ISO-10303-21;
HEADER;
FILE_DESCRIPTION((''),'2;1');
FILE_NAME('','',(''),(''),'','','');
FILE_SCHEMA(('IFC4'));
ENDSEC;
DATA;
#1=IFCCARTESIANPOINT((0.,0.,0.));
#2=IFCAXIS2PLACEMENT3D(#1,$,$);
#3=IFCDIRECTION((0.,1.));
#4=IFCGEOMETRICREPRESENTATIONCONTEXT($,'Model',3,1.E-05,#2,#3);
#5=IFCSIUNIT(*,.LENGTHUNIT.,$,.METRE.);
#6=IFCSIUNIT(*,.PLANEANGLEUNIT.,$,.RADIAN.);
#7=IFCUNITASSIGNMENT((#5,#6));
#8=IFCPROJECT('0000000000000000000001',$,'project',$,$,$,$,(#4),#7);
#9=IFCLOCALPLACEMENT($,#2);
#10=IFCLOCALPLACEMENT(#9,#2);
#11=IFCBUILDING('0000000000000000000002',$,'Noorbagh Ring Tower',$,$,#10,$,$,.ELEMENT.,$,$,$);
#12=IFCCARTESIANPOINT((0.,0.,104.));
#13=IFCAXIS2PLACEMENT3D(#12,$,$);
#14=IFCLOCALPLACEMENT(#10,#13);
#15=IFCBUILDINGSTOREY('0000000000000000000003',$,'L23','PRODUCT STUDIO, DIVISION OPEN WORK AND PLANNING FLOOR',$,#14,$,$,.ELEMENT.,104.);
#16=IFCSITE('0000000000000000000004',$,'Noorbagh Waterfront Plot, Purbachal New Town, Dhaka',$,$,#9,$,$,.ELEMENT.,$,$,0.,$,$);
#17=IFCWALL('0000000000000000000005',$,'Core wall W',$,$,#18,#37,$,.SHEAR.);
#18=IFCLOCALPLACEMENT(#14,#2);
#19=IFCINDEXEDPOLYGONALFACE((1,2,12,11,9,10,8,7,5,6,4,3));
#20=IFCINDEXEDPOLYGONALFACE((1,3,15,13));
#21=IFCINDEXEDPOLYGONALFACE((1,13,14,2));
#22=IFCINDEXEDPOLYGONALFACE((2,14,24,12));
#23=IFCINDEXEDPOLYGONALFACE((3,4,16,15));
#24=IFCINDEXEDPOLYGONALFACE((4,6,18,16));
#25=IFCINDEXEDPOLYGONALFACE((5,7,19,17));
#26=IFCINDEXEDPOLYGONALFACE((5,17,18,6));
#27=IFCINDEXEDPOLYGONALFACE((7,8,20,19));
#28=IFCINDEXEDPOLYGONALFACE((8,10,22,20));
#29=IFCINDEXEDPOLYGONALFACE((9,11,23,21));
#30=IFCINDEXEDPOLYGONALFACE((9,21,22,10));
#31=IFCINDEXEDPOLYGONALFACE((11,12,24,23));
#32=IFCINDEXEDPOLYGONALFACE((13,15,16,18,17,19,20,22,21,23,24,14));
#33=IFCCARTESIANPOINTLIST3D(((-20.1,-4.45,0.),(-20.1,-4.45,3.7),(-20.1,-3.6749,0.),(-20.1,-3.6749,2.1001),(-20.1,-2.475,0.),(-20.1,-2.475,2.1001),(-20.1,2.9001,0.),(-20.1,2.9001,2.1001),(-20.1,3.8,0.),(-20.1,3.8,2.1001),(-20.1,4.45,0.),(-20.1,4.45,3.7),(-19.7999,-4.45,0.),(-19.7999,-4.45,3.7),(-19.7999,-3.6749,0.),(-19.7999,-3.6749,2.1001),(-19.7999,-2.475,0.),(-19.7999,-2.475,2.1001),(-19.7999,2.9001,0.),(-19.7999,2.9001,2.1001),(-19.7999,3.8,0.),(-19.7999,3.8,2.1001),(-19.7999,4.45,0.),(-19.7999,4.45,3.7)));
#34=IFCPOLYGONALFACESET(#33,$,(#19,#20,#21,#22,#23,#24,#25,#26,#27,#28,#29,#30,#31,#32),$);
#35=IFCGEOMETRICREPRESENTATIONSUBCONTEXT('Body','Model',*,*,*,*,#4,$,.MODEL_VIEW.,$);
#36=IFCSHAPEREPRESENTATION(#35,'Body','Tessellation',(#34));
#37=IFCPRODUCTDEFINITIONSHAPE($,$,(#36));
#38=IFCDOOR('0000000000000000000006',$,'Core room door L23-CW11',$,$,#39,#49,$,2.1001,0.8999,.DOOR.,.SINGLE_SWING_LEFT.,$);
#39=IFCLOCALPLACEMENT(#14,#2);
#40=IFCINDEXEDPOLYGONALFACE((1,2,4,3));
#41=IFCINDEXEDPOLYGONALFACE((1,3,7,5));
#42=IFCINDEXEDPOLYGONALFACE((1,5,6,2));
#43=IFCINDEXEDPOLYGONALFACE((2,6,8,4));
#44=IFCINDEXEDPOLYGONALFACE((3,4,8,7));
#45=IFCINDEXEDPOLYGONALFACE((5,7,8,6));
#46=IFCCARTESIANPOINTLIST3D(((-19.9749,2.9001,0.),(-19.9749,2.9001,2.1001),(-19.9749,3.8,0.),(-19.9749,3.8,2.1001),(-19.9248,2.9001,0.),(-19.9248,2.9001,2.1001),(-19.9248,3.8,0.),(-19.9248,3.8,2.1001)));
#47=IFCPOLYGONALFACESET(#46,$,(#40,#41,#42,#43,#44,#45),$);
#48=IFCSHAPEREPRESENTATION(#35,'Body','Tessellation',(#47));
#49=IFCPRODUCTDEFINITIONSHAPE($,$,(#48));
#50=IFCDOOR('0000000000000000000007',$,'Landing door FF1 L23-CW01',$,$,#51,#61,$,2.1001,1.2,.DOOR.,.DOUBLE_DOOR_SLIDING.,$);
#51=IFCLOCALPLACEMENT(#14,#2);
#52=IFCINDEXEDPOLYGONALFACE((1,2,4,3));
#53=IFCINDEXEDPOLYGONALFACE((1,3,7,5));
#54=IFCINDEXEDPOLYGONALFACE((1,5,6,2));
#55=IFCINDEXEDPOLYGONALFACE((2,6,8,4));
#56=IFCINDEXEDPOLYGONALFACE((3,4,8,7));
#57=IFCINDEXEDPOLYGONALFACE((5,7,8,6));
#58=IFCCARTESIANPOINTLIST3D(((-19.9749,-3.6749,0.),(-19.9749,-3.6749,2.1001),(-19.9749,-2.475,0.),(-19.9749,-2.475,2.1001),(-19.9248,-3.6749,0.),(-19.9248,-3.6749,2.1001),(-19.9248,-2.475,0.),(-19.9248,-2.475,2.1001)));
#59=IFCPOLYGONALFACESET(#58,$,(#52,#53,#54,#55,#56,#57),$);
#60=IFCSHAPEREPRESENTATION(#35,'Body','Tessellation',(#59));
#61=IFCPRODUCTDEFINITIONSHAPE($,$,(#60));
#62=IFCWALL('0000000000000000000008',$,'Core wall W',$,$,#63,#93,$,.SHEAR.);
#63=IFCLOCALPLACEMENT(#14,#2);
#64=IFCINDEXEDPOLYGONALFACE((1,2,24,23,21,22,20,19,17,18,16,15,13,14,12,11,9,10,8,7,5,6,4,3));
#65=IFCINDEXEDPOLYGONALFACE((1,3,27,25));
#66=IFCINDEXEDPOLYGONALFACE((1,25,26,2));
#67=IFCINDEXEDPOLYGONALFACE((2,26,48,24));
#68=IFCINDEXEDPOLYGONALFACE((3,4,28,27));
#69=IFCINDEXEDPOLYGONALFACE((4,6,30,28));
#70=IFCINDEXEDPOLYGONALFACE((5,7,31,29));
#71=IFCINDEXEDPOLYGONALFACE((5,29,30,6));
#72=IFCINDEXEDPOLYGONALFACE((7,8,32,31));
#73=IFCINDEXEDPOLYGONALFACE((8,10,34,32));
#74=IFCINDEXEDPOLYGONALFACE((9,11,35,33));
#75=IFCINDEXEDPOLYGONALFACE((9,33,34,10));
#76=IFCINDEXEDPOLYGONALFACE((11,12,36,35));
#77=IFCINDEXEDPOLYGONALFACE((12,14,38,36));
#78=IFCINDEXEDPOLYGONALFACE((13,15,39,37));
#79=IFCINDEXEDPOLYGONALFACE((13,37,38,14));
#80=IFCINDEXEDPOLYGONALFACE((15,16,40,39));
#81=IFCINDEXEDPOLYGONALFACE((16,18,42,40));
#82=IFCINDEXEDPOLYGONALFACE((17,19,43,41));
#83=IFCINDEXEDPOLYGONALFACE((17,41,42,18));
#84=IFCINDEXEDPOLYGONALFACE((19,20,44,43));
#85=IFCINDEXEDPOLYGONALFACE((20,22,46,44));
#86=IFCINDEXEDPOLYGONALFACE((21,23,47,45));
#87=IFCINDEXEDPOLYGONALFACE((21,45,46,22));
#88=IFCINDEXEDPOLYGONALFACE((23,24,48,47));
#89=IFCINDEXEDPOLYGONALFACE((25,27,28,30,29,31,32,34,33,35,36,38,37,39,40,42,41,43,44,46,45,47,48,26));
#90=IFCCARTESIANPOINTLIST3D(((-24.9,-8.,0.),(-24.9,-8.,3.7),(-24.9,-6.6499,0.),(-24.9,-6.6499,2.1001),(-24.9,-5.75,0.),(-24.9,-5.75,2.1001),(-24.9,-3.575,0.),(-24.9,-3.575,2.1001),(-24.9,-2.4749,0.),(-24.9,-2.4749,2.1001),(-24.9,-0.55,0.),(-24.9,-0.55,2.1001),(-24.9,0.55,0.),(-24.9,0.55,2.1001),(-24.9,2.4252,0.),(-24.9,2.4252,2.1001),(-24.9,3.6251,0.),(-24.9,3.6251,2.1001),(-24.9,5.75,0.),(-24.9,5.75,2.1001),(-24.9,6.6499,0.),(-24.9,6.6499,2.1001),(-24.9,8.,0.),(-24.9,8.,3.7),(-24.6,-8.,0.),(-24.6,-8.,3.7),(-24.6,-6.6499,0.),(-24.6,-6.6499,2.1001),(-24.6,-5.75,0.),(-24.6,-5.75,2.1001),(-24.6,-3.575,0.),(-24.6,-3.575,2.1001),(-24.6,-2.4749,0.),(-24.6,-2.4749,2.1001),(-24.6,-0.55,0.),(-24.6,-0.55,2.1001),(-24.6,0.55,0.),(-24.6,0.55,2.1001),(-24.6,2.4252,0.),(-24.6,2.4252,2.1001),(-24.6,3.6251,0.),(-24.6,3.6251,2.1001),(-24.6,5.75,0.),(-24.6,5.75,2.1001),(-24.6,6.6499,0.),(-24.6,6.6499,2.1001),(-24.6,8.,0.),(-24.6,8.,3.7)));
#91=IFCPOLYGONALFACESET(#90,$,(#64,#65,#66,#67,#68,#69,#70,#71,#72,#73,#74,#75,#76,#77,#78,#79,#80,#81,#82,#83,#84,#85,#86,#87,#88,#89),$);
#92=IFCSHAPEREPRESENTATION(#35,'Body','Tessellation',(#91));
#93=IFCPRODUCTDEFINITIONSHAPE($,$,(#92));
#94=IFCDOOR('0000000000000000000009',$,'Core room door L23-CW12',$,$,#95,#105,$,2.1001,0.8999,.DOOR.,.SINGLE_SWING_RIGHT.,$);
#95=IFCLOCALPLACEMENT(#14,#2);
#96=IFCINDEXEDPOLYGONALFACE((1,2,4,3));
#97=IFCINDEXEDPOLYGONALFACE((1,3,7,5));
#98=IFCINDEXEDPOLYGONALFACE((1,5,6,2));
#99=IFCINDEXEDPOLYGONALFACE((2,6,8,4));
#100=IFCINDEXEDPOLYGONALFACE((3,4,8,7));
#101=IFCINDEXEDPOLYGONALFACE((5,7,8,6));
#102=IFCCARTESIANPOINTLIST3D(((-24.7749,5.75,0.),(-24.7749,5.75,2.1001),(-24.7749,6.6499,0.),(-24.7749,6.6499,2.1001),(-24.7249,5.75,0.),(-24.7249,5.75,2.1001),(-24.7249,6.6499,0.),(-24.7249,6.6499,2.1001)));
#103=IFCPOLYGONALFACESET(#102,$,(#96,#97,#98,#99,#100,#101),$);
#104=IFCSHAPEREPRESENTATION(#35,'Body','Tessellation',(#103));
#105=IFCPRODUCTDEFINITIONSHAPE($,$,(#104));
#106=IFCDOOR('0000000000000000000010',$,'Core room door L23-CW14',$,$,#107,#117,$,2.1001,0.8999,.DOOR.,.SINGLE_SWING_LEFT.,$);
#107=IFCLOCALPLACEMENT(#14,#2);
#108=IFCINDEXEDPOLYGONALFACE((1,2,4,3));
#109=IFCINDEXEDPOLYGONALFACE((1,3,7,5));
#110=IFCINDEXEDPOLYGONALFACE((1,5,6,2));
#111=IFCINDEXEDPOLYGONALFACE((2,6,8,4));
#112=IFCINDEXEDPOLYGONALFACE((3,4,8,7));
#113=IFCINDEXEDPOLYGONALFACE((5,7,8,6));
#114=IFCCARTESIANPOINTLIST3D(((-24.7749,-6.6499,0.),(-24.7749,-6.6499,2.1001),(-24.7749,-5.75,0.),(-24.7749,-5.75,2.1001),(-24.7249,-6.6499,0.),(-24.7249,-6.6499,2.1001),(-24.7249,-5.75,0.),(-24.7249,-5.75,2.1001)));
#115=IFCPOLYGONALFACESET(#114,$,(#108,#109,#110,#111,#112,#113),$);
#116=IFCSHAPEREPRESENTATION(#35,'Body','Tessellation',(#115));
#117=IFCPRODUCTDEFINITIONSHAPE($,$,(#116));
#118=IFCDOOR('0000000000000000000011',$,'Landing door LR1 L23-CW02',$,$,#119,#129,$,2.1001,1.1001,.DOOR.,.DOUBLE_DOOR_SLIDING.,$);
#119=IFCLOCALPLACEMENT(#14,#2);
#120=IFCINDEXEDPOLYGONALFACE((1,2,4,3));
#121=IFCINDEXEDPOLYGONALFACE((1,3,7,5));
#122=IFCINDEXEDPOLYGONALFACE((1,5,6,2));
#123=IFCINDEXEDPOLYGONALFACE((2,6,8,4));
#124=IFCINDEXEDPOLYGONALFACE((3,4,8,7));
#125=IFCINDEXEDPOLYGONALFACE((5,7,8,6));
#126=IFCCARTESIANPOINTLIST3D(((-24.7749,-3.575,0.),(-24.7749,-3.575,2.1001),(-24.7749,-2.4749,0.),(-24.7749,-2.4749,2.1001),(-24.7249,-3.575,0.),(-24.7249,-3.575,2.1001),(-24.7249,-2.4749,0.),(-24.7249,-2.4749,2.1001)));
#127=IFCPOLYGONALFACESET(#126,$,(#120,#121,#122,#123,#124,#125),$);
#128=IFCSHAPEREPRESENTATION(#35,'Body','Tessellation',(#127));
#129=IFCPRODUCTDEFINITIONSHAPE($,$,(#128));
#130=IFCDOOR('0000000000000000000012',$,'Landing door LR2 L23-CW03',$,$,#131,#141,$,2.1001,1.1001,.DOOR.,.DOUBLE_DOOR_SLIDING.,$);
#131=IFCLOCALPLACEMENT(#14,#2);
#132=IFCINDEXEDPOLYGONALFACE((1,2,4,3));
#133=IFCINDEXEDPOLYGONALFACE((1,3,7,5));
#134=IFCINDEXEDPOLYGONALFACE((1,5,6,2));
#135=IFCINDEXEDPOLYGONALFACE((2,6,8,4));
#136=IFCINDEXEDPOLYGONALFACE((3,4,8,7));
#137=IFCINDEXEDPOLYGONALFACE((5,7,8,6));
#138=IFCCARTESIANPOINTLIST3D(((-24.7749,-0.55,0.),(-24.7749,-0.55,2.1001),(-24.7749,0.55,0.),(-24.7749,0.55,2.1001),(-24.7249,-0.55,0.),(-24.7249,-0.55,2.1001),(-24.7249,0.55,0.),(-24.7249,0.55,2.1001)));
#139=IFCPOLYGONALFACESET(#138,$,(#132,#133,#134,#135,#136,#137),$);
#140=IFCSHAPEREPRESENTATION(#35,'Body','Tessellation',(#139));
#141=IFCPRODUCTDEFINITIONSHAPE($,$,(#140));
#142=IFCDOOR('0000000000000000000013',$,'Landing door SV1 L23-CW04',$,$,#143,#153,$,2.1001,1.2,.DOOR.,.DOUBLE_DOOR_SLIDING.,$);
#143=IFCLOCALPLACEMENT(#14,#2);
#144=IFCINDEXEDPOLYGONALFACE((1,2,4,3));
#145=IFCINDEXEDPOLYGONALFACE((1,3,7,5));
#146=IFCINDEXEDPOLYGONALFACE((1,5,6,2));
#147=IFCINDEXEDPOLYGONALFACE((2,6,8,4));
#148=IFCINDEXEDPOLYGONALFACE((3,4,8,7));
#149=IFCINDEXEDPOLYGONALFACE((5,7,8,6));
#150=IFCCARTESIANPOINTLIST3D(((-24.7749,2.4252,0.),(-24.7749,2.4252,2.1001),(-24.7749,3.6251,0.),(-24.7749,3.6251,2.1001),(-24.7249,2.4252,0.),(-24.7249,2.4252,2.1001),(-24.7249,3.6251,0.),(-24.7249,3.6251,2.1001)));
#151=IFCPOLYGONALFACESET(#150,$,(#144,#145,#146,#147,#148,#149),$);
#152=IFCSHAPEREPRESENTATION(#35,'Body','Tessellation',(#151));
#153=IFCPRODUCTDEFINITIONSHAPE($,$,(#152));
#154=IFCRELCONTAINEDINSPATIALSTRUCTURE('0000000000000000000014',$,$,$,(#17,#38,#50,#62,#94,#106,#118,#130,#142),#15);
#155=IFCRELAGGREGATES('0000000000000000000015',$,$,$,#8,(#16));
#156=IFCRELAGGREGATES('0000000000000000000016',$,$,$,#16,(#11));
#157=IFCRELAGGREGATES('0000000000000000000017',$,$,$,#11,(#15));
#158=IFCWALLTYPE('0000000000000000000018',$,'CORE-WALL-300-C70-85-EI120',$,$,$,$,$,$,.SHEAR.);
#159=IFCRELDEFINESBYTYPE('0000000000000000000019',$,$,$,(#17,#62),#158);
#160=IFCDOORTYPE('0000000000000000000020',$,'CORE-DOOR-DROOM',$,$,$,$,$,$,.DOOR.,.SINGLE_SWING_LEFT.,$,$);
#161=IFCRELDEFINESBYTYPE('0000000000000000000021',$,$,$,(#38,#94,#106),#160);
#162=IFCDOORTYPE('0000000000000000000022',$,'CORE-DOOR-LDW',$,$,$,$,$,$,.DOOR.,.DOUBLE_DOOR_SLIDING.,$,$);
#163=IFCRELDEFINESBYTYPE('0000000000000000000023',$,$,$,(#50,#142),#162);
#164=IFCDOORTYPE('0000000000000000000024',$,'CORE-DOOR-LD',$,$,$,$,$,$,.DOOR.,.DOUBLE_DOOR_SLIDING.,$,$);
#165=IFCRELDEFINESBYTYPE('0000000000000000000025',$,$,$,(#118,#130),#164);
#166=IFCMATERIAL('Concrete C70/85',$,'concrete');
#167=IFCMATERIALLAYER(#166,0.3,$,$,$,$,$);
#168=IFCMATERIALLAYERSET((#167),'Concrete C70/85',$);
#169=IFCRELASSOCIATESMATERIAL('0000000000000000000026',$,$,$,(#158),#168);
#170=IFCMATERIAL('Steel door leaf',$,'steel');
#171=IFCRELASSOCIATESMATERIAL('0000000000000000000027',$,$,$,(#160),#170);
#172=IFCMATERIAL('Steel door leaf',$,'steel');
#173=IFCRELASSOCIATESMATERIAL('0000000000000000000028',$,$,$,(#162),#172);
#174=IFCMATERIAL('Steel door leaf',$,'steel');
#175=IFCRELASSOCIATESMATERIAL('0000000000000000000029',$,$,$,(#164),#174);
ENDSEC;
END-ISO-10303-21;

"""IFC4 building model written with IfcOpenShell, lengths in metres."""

from ifc_helpers import new_model, si_unit, direction, frame, frame_2d, origin, place, context, subcontext, project, spatial, rectangle, extrude, material, layer, layer_set, type_object, element, fill, save


model = new_model("IFC4")

# Units and contexts
model_context = context("Model", 3, precision=1e-05, world=origin(), true_north=direction((0.0, 1.0)))
body_context = subcontext(model_context, "Body", "Model", "MODEL_VIEW")
ifc_project = project(units=[si_unit("LENGTHUNIT", "METRE"), si_unit("PLANEANGLEUNIT", "RADIAN")], contexts=[model_context])

# Site, building, storey
site_placement = place(None, origin())
site = spatial("IfcSite", under=ifc_project, at=site_placement, Name="Noorbagh Waterfront Plot, Purbachal New Town, Dhaka", CompositionType="ELEMENT", RefElevation=0.0)
building_placement = place(site_placement, origin())
building = spatial("IfcBuilding", under=site, at=building_placement, Name="Noorbagh Ring Tower", CompositionType="ELEMENT")
storey_placement = place(building_placement, frame((0.0, 0.0, 104.0)))
storey = spatial("IfcBuildingStorey", under=building, at=storey_placement, Name="L23", Description="PRODUCT STUDIO, DIVISION OPEN WORK AND PLANNING FLOOR", CompositionType="ELEMENT", Elevation=104.0)

# Shared definitions
ifc_material_1 = material(Name="Concrete C70/85", Category="concrete")
ifc_layer_1 = layer(ifc_material_1, 0.3)
ifc_layer_set_1 = layer_set([ifc_layer_1], Name="Concrete C70/85")
wall_type_1 = type_object("IfcWallType", Name="CORE-WALL-300-C70-85-EI120", PredefinedType="SHEAR", material=ifc_layer_set_1)

# Walls, openings, doors
wall_1_placement = place(storey_placement, frame((-19.95, -4.45, 0.0), z_axis=(0.0, 0.0, 1.0), x_axis=(0.0, 1.0, 0.0)))
wall_1 = element("IfcWall", 1, at=wall_1_placement, inside=storey, type_object=wall_type_1, Name="Core wall W", PredefinedType="SHEAR", context=body_context, shape_type="SweptSolid", body=[
    extrude(rectangle(XDim=8.8999, YDim=0.3, at=frame_2d((4.45, 0.0))), origin(), (0.0, 0.0, 1.0), 3.7),
])
opening_1_placement = place(wall_1_placement, frame((0.7749, 0.0, 0.0)))
opening_1 = element("IfcOpeningElement", 2, at=opening_1_placement, cuts=wall_1, PredefinedType="OPENING", context=body_context, shape_type="SweptSolid", body=[
    extrude(rectangle(XDim=1.2, YDim=2.1001, at=frame_2d((0.6001, 1.05))), frame((0.0, 0.1602, 0.0), z_axis=(0.0, -1.0, 0.0), x_axis=(1.0, 0.0, 0.0)), (0.0, 0.0, 1.0), 0.3201),
])
opening_2_placement = place(wall_1_placement, frame((7.3501, 0.0, 0.0)))
opening_2 = element("IfcOpeningElement", 3, at=opening_2_placement, cuts=wall_1, PredefinedType="OPENING", context=body_context, shape_type="SweptSolid", body=[
    extrude(rectangle(XDim=0.8999, YDim=2.1001, at=frame_2d((0.45, 1.05))), frame((0.0, 0.1602, 0.0), z_axis=(0.0, -1.0, 0.0), x_axis=(1.0, 0.0, 0.0)), (0.0, 0.0, 1.0), 0.3201),
])
ifc_material_2 = material(Name="Steel door leaf", Category="steel")
door_type_1 = type_object("IfcDoorType", Name="CORE-DOOR-DROOM", OperationType="SINGLE_SWING_LEFT", PredefinedType="DOOR", material=ifc_material_2)
door_1_placement = place(opening_2_placement, origin())
door_1 = element("IfcDoor", 4, at=door_1_placement, inside=storey, type_object=door_type_1, Name="Core room door L23-CW11", OperationType="SINGLE_SWING_LEFT", OverallHeight=2.1001, OverallWidth=0.8999, PredefinedType="DOOR", context=body_context, shape_type="SweptSolid", body=[
    extrude(rectangle(XDim=0.8999, YDim=2.1001, at=frame_2d((0.45, 1.05))), frame((0.0, 0.0249, 0.0), z_axis=(0.0, -1.0, 0.0), x_axis=(1.0, 0.0, 0.0)), (0.0, 0.0, 1.0), 0.05),
])
fill(opening_2, door_1)
ifc_material_3 = material(Name="Steel door leaf", Category="steel")
door_type_2 = type_object("IfcDoorType", Name="CORE-DOOR-LDW", OperationType="DOUBLE_DOOR_SLIDING", PredefinedType="DOOR", material=ifc_material_3)
door_2_placement = place(opening_1_placement, origin())
door_2 = element("IfcDoor", 5, at=door_2_placement, inside=storey, type_object=door_type_2, Name="Landing door FF1 L23-CW01", OperationType="DOUBLE_DOOR_SLIDING", OverallHeight=2.1001, OverallWidth=1.2, PredefinedType="DOOR", context=body_context, shape_type="SweptSolid", body=[
    extrude(rectangle(XDim=1.2, YDim=2.1001, at=frame_2d((0.6001, 1.05))), frame((0.0, 0.0249, 0.0), z_axis=(0.0, -1.0, 0.0), x_axis=(1.0, 0.0, 0.0)), (0.0, 0.0, 1.0), 0.05),
])
fill(opening_1, door_2)
wall_2_placement = place(storey_placement, frame((-24.75, -8.0, 0.0), z_axis=(0.0, 0.0, 1.0), x_axis=(0.0, 1.0, 0.0)))
wall_2 = element("IfcWall", 6, at=wall_2_placement, inside=storey, type_object=wall_type_1, Name="Core wall W", PredefinedType="SHEAR", context=body_context, shape_type="SweptSolid", body=[
    extrude(rectangle(XDim=16.0, YDim=0.3, at=frame_2d((8.0, 0.0))), origin(), (0.0, 0.0, 1.0), 3.7),
])
opening_3_placement = place(wall_2_placement, frame((4.425, 0.0, 0.0)))
opening_3 = element("IfcOpeningElement", 7, at=opening_3_placement, cuts=wall_2, PredefinedType="OPENING", context=body_context, shape_type="SweptSolid", body=[
    extrude(rectangle(XDim=1.1001, YDim=2.1001, at=frame_2d((0.55, 1.05))), frame((0.0, 0.1602, 0.0), z_axis=(0.0, -1.0, 0.0), x_axis=(1.0, 0.0, 0.0)), (0.0, 0.0, 1.0), 0.3201),
])
opening_4_placement = place(wall_2_placement, frame((7.45, 0.0, 0.0)))
opening_4 = element("IfcOpeningElement", 8, at=opening_4_placement, cuts=wall_2, PredefinedType="OPENING", context=body_context, shape_type="SweptSolid", body=[
    extrude(rectangle(XDim=1.1001, YDim=2.1001, at=frame_2d((0.55, 1.05))), frame((0.0, 0.1602, 0.0), z_axis=(0.0, -1.0, 0.0), x_axis=(1.0, 0.0, 0.0)), (0.0, 0.0, 1.0), 0.3201),
])
opening_5_placement = place(wall_2_placement, frame((10.425, 0.0, 0.0)))
opening_5 = element("IfcOpeningElement", 9, at=opening_5_placement, cuts=wall_2, PredefinedType="OPENING", context=body_context, shape_type="SweptSolid", body=[
    extrude(rectangle(XDim=1.2, YDim=2.1001, at=frame_2d((0.6001, 1.05))), frame((0.0, 0.1602, 0.0), z_axis=(0.0, -1.0, 0.0), x_axis=(1.0, 0.0, 0.0)), (0.0, 0.0, 1.0), 0.3201),
])
opening_6_placement = place(wall_2_placement, frame((13.75, 0.0, 0.0)))
opening_6 = element("IfcOpeningElement", 10, at=opening_6_placement, cuts=wall_2, PredefinedType="OPENING", context=body_context, shape_type="SweptSolid", body=[
    extrude(rectangle(XDim=0.8999, YDim=2.1001, at=frame_2d((0.45, 1.05))), frame((0.0, 0.1602, 0.0), z_axis=(0.0, -1.0, 0.0), x_axis=(1.0, 0.0, 0.0)), (0.0, 0.0, 1.0), 0.3201),
])
opening_7_placement = place(wall_2_placement, frame((1.3501, 0.0, 0.0)))
opening_7 = element("IfcOpeningElement", 11, at=opening_7_placement, cuts=wall_2, PredefinedType="OPENING", context=body_context, shape_type="SweptSolid", body=[
    extrude(rectangle(XDim=0.8999, YDim=2.1001, at=frame_2d((0.45, 1.05))), frame((0.0, 0.1602, 0.0), z_axis=(0.0, -1.0, 0.0), x_axis=(1.0, 0.0, 0.0)), (0.0, 0.0, 1.0), 0.3201),
])
door_3_placement = place(opening_6_placement, origin())
door_3 = element("IfcDoor", 12, at=door_3_placement, inside=storey, type_object=door_type_1, Name="Core room door L23-CW12", OperationType="SINGLE_SWING_RIGHT", OverallHeight=2.1001, OverallWidth=0.8999, PredefinedType="DOOR", context=body_context, shape_type="SweptSolid", body=[
    extrude(rectangle(XDim=0.8999, YDim=2.1001, at=frame_2d((0.45, 1.05))), frame((0.0, 0.0249, 0.0), z_axis=(0.0, -1.0, 0.0), x_axis=(1.0, 0.0, 0.0)), (0.0, 0.0, 1.0), 0.05),
])
fill(opening_6, door_3)
door_4_placement = place(opening_7_placement, origin())
door_4 = element("IfcDoor", 13, at=door_4_placement, inside=storey, type_object=door_type_1, Name="Core room door L23-CW14", OperationType="SINGLE_SWING_LEFT", OverallHeight=2.1001, OverallWidth=0.8999, PredefinedType="DOOR", context=body_context, shape_type="SweptSolid", body=[
    extrude(rectangle(XDim=0.8999, YDim=2.1001, at=frame_2d((0.45, 1.05))), frame((0.0, 0.0249, 0.0), z_axis=(0.0, -1.0, 0.0), x_axis=(1.0, 0.0, 0.0)), (0.0, 0.0, 1.0), 0.05),
])
fill(opening_7, door_4)
ifc_material_4 = material(Name="Steel door leaf", Category="steel")
door_type_3 = type_object("IfcDoorType", Name="CORE-DOOR-LD", OperationType="DOUBLE_DOOR_SLIDING", PredefinedType="DOOR", material=ifc_material_4)
door_5_placement = place(opening_3_placement, origin())
door_5 = element("IfcDoor", 14, at=door_5_placement, inside=storey, type_object=door_type_3, Name="Landing door LR1 L23-CW02", OperationType="DOUBLE_DOOR_SLIDING", OverallHeight=2.1001, OverallWidth=1.1001, PredefinedType="DOOR", context=body_context, shape_type="SweptSolid", body=[
    extrude(rectangle(XDim=1.1001, YDim=2.1001, at=frame_2d((0.55, 1.05))), frame((0.0, 0.0249, 0.0), z_axis=(0.0, -1.0, 0.0), x_axis=(1.0, 0.0, 0.0)), (0.0, 0.0, 1.0), 0.05),
])
fill(opening_3, door_5)
door_6_placement = place(opening_4_placement, origin())
door_6 = element("IfcDoor", 15, at=door_6_placement, inside=storey, type_object=door_type_3, Name="Landing door LR2 L23-CW03", OperationType="DOUBLE_DOOR_SLIDING", OverallHeight=2.1001, OverallWidth=1.1001, PredefinedType="DOOR", context=body_context, shape_type="SweptSolid", body=[
    extrude(rectangle(XDim=1.1001, YDim=2.1001, at=frame_2d((0.55, 1.05))), frame((0.0, 0.0249, 0.0), z_axis=(0.0, -1.0, 0.0), x_axis=(1.0, 0.0, 0.0)), (0.0, 0.0, 1.0), 0.05),
])
fill(opening_4, door_6)
door_7_placement = place(opening_5_placement, origin())
door_7 = element("IfcDoor", 16, at=door_7_placement, inside=storey, type_object=door_type_2, Name="Landing door SV1 L23-CW04", OperationType="DOUBLE_DOOR_SLIDING", OverallHeight=2.1001, OverallWidth=1.2, PredefinedType="DOOR", context=body_context, shape_type="SweptSolid", body=[
    extrude(rectangle(XDim=1.2, YDim=2.1001, at=frame_2d((0.6001, 1.05))), frame((0.0, 0.0249, 0.0), z_axis=(0.0, -1.0, 0.0), x_axis=(1.0, 0.0, 0.0)), (0.0, 0.0, 1.0), 0.05),
])
fill(opening_5, door_7)

save(model, "model.ifc")
